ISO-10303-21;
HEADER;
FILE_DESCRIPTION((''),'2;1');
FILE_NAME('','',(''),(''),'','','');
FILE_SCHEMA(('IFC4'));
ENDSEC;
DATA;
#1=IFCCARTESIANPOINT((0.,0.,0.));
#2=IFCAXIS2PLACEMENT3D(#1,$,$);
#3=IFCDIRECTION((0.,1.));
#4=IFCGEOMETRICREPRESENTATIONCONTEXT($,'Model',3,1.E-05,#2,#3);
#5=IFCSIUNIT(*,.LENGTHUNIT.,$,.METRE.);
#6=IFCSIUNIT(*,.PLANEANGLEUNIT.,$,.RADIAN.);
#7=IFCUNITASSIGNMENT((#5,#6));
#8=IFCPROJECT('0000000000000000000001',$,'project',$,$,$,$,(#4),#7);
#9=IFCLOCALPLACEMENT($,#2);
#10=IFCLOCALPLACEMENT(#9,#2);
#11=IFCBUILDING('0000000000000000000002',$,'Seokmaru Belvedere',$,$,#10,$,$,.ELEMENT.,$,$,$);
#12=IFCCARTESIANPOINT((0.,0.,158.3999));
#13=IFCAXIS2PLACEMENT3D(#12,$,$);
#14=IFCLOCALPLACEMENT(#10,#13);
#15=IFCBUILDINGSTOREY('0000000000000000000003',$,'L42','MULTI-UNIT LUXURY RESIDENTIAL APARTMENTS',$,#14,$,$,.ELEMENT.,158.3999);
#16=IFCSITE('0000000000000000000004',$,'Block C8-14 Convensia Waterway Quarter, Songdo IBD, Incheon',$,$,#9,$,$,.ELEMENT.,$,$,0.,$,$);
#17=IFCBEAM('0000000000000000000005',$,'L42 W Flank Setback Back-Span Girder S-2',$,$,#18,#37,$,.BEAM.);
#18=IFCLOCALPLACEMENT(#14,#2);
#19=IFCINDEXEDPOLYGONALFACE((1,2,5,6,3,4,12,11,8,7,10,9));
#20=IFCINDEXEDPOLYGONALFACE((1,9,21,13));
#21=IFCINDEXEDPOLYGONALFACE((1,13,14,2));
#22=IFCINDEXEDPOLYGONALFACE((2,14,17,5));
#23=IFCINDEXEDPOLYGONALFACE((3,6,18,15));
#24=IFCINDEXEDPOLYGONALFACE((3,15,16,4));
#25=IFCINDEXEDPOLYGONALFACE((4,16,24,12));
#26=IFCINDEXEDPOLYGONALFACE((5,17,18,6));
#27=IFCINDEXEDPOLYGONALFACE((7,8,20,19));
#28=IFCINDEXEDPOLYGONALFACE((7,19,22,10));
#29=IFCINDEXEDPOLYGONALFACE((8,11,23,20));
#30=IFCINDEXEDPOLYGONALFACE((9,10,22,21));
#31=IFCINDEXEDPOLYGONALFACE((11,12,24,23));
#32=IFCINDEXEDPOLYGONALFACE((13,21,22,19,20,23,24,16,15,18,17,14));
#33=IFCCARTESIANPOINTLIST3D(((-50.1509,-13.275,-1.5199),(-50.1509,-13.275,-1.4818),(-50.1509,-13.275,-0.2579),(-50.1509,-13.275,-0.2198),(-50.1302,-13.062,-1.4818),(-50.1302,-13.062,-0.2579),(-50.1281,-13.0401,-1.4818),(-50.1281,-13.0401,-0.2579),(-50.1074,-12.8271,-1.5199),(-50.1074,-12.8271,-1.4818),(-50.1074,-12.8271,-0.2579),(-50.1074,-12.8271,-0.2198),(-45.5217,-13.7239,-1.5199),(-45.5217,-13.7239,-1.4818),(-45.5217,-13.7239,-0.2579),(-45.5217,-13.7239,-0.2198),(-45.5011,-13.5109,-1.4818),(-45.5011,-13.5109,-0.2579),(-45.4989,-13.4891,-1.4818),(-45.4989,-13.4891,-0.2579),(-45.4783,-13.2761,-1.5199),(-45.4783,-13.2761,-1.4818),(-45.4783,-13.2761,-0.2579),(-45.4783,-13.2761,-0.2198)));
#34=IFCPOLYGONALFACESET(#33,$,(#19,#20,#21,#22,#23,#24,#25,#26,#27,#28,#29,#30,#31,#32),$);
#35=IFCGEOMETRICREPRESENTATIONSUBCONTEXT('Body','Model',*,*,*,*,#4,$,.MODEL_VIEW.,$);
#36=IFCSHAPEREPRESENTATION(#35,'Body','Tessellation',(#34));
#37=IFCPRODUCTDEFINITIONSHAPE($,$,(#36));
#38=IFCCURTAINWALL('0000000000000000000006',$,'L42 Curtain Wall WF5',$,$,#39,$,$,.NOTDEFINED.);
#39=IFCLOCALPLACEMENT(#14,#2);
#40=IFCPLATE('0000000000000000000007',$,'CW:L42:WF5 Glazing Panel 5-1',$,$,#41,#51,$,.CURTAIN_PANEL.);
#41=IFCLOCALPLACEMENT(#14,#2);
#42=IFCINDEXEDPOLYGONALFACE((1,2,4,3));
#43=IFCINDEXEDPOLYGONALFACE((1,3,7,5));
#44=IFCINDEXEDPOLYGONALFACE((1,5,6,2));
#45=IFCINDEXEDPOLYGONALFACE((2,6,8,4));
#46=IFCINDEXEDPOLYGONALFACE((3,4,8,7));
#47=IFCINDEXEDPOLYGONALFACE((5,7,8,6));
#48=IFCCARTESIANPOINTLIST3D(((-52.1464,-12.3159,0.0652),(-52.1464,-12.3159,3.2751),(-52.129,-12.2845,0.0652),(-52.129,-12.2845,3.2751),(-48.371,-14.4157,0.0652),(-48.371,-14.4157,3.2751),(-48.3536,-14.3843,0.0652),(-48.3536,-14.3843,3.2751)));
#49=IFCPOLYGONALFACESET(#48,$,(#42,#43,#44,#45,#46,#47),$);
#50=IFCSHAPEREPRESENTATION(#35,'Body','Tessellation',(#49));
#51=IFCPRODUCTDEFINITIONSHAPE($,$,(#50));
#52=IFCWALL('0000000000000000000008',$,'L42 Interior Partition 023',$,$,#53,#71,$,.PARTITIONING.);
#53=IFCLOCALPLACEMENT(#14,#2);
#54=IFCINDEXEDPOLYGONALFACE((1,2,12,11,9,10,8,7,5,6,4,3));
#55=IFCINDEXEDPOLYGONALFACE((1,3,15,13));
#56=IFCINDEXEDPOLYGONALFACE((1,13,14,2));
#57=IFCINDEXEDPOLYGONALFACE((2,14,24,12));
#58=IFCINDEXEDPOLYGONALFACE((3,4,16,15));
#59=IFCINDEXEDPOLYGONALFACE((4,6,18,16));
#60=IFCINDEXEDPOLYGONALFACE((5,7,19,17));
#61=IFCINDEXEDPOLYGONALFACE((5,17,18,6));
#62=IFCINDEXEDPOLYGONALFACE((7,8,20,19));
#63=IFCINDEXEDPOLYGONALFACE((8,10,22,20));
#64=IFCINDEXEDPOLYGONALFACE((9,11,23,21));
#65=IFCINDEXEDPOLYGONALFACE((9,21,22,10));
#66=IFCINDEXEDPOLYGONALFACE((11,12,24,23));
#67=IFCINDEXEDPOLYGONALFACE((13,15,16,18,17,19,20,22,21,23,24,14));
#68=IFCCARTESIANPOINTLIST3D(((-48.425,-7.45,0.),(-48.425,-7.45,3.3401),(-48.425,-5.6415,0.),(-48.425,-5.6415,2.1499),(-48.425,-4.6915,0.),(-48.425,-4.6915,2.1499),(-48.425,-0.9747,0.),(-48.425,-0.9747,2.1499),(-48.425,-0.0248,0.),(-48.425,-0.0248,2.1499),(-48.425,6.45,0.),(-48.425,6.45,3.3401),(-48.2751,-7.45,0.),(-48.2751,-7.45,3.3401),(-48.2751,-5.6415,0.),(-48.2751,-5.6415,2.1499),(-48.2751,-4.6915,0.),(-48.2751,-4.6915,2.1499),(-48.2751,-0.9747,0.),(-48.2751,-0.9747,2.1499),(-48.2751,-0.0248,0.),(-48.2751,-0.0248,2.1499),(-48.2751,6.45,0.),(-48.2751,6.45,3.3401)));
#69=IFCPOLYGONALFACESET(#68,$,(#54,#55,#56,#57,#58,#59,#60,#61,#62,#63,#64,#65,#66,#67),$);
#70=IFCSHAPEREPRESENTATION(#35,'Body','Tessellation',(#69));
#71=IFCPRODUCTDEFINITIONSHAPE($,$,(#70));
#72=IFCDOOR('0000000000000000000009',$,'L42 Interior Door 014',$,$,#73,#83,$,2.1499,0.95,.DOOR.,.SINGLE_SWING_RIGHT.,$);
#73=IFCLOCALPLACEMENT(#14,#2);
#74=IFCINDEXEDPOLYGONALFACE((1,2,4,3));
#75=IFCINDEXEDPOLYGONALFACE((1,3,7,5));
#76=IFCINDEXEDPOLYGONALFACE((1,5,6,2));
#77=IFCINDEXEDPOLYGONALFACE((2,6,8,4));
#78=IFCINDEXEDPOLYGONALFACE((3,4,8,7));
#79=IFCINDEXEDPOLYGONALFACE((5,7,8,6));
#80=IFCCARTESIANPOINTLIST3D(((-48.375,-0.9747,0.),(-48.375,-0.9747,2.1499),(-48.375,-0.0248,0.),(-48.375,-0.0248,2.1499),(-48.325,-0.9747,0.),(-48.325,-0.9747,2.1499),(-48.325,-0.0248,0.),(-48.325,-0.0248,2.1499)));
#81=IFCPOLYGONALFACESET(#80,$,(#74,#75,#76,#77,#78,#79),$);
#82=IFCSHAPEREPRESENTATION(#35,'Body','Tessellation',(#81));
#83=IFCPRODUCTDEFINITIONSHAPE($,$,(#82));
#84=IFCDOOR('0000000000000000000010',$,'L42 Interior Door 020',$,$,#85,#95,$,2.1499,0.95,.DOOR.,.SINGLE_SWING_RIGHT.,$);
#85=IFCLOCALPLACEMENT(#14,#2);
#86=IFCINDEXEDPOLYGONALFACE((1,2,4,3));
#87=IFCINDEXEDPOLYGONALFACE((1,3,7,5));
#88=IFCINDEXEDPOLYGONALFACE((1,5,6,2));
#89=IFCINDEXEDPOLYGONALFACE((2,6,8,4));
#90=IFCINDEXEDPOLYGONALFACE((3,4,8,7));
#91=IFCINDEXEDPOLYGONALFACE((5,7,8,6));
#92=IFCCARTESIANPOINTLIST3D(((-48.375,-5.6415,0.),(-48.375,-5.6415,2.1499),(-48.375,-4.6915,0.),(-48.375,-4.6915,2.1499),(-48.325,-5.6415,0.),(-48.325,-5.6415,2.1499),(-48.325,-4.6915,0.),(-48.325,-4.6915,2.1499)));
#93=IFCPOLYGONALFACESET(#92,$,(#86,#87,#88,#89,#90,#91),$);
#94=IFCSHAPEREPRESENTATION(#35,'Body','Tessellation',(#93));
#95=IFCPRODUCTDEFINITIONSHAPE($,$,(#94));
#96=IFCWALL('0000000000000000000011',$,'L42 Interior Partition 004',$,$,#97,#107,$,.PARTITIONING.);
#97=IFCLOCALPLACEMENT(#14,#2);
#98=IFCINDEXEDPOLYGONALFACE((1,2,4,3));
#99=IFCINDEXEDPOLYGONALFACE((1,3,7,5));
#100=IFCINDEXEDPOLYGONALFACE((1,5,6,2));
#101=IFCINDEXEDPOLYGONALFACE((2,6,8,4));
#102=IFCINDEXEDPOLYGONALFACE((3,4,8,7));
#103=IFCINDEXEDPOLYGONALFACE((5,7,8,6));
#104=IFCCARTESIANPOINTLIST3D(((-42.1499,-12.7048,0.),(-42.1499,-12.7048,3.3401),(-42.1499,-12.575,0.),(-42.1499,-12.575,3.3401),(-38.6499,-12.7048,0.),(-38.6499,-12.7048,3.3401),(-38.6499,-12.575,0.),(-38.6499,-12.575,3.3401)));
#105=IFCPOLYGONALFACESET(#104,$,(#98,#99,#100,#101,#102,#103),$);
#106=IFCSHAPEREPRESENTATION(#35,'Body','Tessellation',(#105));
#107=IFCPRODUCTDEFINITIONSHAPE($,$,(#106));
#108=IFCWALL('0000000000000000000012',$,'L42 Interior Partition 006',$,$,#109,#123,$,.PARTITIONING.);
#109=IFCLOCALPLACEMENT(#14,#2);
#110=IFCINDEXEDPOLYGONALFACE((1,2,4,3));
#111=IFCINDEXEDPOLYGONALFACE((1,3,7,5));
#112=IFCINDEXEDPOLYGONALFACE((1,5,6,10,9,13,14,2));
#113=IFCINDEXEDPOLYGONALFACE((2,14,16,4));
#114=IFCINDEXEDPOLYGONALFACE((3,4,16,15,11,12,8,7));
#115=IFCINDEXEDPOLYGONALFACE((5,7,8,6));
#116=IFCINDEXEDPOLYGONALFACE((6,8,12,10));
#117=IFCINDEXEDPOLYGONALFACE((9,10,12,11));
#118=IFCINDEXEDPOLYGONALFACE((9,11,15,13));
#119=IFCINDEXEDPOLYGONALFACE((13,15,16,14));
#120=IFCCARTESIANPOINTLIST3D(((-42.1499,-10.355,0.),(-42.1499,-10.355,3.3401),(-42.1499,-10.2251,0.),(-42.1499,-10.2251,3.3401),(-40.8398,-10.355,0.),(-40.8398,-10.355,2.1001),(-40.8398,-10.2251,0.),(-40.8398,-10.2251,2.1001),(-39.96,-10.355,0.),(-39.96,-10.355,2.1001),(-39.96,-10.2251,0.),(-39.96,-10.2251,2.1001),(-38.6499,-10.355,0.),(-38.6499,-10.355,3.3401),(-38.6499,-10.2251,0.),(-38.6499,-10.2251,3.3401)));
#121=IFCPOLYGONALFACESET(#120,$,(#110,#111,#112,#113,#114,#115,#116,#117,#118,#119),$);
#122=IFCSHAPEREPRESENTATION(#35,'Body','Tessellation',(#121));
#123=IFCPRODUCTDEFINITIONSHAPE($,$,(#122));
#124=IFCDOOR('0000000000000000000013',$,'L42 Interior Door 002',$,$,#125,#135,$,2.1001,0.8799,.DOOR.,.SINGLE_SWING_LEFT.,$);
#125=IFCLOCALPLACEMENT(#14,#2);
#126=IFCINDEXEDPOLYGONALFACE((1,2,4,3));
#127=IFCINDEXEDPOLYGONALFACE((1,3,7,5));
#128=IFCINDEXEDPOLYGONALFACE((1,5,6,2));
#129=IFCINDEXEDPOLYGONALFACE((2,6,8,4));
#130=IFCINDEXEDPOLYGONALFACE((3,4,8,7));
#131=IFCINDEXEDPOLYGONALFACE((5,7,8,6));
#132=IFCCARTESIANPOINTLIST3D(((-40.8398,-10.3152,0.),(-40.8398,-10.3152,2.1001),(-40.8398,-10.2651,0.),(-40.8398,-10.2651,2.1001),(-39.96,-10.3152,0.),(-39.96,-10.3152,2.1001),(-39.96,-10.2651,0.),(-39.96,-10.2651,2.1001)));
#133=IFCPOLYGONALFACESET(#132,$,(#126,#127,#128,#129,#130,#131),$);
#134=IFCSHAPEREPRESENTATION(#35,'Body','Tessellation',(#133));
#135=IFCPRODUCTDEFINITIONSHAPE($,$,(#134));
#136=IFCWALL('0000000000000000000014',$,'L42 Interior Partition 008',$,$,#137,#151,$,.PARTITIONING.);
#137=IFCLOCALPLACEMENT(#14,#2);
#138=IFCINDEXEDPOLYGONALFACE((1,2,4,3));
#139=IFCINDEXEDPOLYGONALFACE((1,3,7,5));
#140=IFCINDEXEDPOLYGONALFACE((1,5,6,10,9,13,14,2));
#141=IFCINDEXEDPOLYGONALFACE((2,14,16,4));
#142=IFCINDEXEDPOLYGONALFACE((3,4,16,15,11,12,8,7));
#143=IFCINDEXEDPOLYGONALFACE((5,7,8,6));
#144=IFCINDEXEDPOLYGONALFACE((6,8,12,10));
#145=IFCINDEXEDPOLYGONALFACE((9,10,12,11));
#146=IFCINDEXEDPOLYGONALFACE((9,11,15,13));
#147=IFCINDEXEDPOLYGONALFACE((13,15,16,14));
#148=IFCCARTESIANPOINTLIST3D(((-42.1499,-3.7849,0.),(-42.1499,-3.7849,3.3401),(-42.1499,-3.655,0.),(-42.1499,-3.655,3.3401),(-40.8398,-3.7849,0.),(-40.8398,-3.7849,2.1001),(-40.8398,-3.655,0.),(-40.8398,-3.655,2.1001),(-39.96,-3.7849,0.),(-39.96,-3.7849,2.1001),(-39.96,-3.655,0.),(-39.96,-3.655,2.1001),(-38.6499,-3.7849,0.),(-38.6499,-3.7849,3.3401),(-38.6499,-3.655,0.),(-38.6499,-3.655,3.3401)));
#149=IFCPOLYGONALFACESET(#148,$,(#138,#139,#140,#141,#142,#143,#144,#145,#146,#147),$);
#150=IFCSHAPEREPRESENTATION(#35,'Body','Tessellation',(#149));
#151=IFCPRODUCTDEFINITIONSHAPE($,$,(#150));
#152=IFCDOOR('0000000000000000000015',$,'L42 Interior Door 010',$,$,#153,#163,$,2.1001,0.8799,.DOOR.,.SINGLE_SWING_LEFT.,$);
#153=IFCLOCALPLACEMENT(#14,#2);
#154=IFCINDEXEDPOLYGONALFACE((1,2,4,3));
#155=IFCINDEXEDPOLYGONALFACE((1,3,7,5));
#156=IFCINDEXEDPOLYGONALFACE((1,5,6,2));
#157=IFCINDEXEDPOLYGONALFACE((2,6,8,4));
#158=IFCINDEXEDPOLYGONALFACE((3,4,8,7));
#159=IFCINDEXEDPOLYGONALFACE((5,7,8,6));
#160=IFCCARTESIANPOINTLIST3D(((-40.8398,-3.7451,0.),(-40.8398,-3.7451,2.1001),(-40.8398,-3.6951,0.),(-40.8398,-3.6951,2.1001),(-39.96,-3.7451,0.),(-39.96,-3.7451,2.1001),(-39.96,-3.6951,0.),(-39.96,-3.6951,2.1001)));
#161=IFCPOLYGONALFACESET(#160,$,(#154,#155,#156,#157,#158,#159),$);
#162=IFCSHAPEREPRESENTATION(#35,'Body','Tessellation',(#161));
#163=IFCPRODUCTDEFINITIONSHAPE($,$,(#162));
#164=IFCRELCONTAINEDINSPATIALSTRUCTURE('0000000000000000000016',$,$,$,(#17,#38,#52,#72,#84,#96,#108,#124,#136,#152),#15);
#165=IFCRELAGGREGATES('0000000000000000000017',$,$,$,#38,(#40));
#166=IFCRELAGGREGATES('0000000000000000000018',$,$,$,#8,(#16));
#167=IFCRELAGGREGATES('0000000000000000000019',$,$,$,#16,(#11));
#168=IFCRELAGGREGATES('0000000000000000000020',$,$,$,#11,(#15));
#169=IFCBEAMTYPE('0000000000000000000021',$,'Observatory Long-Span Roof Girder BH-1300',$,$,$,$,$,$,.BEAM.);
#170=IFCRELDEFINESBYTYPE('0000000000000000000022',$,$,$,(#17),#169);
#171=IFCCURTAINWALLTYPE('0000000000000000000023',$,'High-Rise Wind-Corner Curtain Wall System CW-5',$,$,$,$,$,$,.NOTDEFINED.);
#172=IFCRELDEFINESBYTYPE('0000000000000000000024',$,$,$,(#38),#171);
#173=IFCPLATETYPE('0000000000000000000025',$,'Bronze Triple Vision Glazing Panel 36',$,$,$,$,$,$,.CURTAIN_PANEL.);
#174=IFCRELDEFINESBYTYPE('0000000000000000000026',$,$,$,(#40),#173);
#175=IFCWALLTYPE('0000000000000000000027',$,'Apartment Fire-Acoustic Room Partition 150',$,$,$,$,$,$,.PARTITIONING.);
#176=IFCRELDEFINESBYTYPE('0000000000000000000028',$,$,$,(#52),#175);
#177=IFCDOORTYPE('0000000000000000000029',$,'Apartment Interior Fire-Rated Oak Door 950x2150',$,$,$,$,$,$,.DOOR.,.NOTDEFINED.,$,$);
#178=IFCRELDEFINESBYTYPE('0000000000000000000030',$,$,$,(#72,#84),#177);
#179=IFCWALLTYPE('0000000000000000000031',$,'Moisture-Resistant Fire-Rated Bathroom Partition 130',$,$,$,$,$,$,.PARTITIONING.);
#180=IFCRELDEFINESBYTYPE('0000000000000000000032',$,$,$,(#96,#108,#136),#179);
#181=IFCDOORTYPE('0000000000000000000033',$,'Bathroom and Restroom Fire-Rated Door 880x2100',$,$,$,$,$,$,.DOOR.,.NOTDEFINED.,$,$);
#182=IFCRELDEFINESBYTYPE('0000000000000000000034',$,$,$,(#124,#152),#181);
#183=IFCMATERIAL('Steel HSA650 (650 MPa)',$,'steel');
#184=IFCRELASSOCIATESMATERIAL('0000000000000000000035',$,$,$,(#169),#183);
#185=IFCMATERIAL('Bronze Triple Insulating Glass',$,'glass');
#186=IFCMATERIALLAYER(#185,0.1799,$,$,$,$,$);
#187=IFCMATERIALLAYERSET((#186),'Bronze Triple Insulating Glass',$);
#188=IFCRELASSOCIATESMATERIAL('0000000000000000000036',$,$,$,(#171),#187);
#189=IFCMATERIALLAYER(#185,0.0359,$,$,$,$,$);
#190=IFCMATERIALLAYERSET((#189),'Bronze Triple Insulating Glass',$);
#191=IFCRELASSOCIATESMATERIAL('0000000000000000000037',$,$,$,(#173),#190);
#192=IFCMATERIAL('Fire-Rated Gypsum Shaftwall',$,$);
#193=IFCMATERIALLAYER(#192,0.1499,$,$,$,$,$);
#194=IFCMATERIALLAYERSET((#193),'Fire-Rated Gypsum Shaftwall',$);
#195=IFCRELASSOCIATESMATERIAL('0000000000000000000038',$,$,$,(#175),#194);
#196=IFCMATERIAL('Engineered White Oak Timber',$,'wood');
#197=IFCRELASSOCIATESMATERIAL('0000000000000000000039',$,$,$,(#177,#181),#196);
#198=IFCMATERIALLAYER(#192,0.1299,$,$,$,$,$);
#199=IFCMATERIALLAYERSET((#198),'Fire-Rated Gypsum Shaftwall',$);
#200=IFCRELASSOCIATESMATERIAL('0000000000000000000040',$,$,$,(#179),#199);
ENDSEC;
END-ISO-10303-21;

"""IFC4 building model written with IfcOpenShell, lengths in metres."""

from ifc_helpers import new_model, si_unit, direction, frame, frame_2d, origin, origin_2d, place, context, subcontext, project, spatial, rectangle, i_section, extrude, source, transform, mapped, material, layer, layer_set, material_profile, profile_set, type_object, type_shapes, element, fill, aggregate, save


model = new_model("IFC4")

# Units and contexts
model_context = context("Model", 3, precision=1e-05, world=origin(), true_north=direction((0.0, 1.0)))
body_context = subcontext(model_context, "Body", "Model", "MODEL_VIEW")
ifc_project = project(units=[si_unit("LENGTHUNIT", "METRE"), si_unit("PLANEANGLEUNIT", "RADIAN")], contexts=[model_context])

# Site, building, storey
site_placement = place(None, origin())
site = spatial("IfcSite", under=ifc_project, at=site_placement, Name="Block C8-14 Convensia Waterway Quarter, Songdo IBD, Incheon", CompositionType="ELEMENT", RefElevation=0.0)
building_placement = place(site_placement, origin())
building = spatial("IfcBuilding", under=site, at=building_placement, Name="Seokmaru Belvedere", CompositionType="ELEMENT")
storey_placement = place(building_placement, frame((0.0, 0.0, 158.3999)))
storey = spatial("IfcBuildingStorey", under=building, at=storey_placement, Name="L42", Description="MULTI-UNIT LUXURY RESIDENTIAL APARTMENTS", CompositionType="ELEMENT", Elevation=158.3999)

# Beam
ifc_material_1 = material(Name="Steel HSA650 (650 MPa)", Category="steel")
ifc_material_profile_1 = material_profile(ifc_material_1, i_section(OverallWidth=0.45, OverallDepth=1.3, WebThickness=0.022, FlangeThickness=0.0381, at=origin_2d()), Name="BH-1300x450x22x38")
ifc_profile_set_1 = profile_set([ifc_material_profile_1], Name="Steel HSA650 (650 MPa)")
beam_type_1 = type_object("IfcBeamType", Name="Observatory Long-Span Roof Girder BH-1300", PredefinedType="BEAM", material=ifc_profile_set_1)
shared_shape_1 = source(origin(), body_context, "Body", "SweptSolid", [
    extrude(i_section(OverallWidth=0.45, OverallDepth=1.3, WebThickness=0.022, FlangeThickness=0.0381, at=origin_2d()), origin(), (0.0, 0.0, 1.0), 4.6509),
])
type_shapes(beam_type_1, [shared_shape_1])
beam_placement = place(storey_placement, frame((-50.1292, -13.051, -0.8699), z_axis=(0.99533, -0.096536, 0.0), x_axis=(0.096536, 0.99533, 0.0)))
element("IfcBeam", 1, at=beam_placement, inside=storey, type_object=beam_type_1, Name="L42 W Flank Setback Back-Span Girder S-2", PredefinedType="BEAM", context=body_context, shape_type="MappedRepresentation", body=[
    mapped(shared_shape_1, transform((0.0, 0.0, 0.0), scale=1.0)),
])

# Curtain wall, plate
ifc_material_2 = material(Name="Bronze Triple Insulating Glass", Category="glass")
ifc_layer_1 = layer(ifc_material_2, 0.1799)
ifc_layer_set_1 = layer_set([ifc_layer_1], Name="Bronze Triple Insulating Glass")
curtain_wall_type = type_object("IfcCurtainWallType", Name="High-Rise Wind-Corner Curtain Wall System CW-5", PredefinedType="NOTDEFINED", material=ifc_layer_set_1)
curtain_wall_placement = place(storey_placement, origin())
curtain_wall = element("IfcCurtainWall", 2, at=curtain_wall_placement, inside=storey, type_object=curtain_wall_type, Name="L42 Curtain Wall WF5", PredefinedType="NOTDEFINED")
ifc_layer_2 = layer(ifc_material_2, 0.0359)
ifc_layer_set_2 = layer_set([ifc_layer_2], Name="Bronze Triple Insulating Glass")
plate_type = type_object("IfcPlateType", Name="Bronze Triple Vision Glazing Panel 36", PredefinedType="CURTAIN_PANEL", material=ifc_layer_set_2)
shared_shape_2 = source(origin(), body_context, "Body", "SweptSolid", [
    extrude(rectangle(XDim=4.3201, YDim=0.0359, at=origin_2d()), origin(), (0.0, 0.0, 1.0), 3.21),
])
type_shapes(plate_type, [shared_shape_2])
plate_placement = place(storey_placement, frame((-50.25, -13.3501, 0.0652), z_axis=(0.0, 0.0, 1.0), x_axis=(0.873933, -0.486047, 0.0)))
plate = element("IfcPlate", 3, at=plate_placement, type_object=plate_type, Name="CW:L42:WF5 Glazing Panel 5-1", PredefinedType="CURTAIN_PANEL", context=body_context, shape_type="MappedRepresentation", body=[
    mapped(shared_shape_2, transform((0.0, 0.0, 0.0), scale=1.0)),
])
aggregate(curtain_wall, [plate])

# Wall, openings, doors
ifc_material_3 = material(Name="Fire-Rated Gypsum Shaftwall")
ifc_layer_3 = layer(ifc_material_3, 0.1499)
ifc_layer_set_3 = layer_set([ifc_layer_3], Name="Fire-Rated Gypsum Shaftwall")
wall_type_1 = type_object("IfcWallType", Name="Apartment Fire-Acoustic Room Partition 150", PredefinedType="PARTITIONING", material=ifc_layer_set_3)
wall_1_placement = place(storey_placement, frame((-48.3501, -7.45, 0.0), z_axis=(0.0, 0.0, 1.0), x_axis=(0.0, 1.0, 0.0)))
wall_1 = element("IfcWall", 4, at=wall_1_placement, inside=storey, type_object=wall_type_1, Name="L42 Interior Partition 023", PredefinedType="PARTITIONING", context=body_context, shape_type="SweptSolid", body=[
    extrude(rectangle(XDim=13.8999, YDim=0.1499, at=frame_2d((6.95, 0.0))), origin(), (0.0, 0.0, 1.0), 3.3401),
])
opening_1_placement = place(wall_1_placement, frame((6.4751, 0.0, 0.0)))
opening_1 = element("IfcOpeningElement", 5, at=opening_1_placement, cuts=wall_1, PredefinedType="OPENING", context=body_context, shape_type="SweptSolid", body=[
    extrude(rectangle(XDim=0.95, YDim=2.1499, at=frame_2d((0.4751, 1.075))), frame((0.0, 0.085, 0.0), z_axis=(0.0, -1.0, 0.0), x_axis=(1.0, 0.0, 0.0)), (0.0, 0.0, 1.0), 0.1699),
])
opening_2_placement = place(wall_1_placement, frame((1.8083, 0.0, 0.0)))
opening_2 = element("IfcOpeningElement", 6, at=opening_2_placement, cuts=wall_1, PredefinedType="OPENING", context=body_context, shape_type="SweptSolid", body=[
    extrude(rectangle(XDim=0.95, YDim=2.1499, at=frame_2d((0.4751, 1.075))), frame((0.0, 0.085, 0.0), z_axis=(0.0, -1.0, 0.0), x_axis=(1.0, 0.0, 0.0)), (0.0, 0.0, 1.0), 0.1699),
])
ifc_material_4 = material(Name="Engineered White Oak Timber", Category="wood")
door_type_1 = type_object("IfcDoorType", Name="Apartment Interior Fire-Rated Oak Door 950x2150", OperationType="NOTDEFINED", PredefinedType="DOOR", material=ifc_material_4)
shared_shape_3 = source(origin(), body_context, "Body", "SweptSolid", [
    extrude(rectangle(XDim=0.95, YDim=2.1499, at=frame_2d((0.4751, 1.075))), frame((0.0, 0.0249, 0.0), z_axis=(0.0, -1.0, 0.0), x_axis=(1.0, 0.0, 0.0)), (0.0, 0.0, 1.0), 0.05),
])
type_shapes(door_type_1, [shared_shape_3])
door_1_placement = place(opening_1_placement, origin())
door_1 = element("IfcDoor", 7, at=door_1_placement, inside=storey, type_object=door_type_1, Name="L42 Interior Door 014", OperationType="SINGLE_SWING_RIGHT", OverallHeight=2.1499, OverallWidth=0.95, PredefinedType="DOOR", context=body_context, shape_type="MappedRepresentation", body=[
    mapped(shared_shape_3, transform((0.0, 0.0, 0.0), scale=1.0)),
])
fill(opening_1, door_1)
door_2_placement = place(opening_2_placement, origin())
door_2 = element("IfcDoor", 8, at=door_2_placement, inside=storey, type_object=door_type_1, Name="L42 Interior Door 020", OperationType="SINGLE_SWING_RIGHT", OverallHeight=2.1499, OverallWidth=0.95, PredefinedType="DOOR", context=body_context, shape_type="MappedRepresentation", body=[
    mapped(shared_shape_3, transform((0.0, 0.0, 0.0), scale=1.0)),
])
fill(opening_2, door_2)

# Wall
ifc_layer_4 = layer(ifc_material_3, 0.1299)
ifc_layer_set_4 = layer_set([ifc_layer_4], Name="Fire-Rated Gypsum Shaftwall")
wall_type_2 = type_object("IfcWallType", Name="Moisture-Resistant Fire-Rated Bathroom Partition 130", PredefinedType="PARTITIONING", material=ifc_layer_set_4)
wall_2_placement = place(storey_placement, frame((-42.1499, -12.6399, 0.0), z_axis=(0.0, 0.0, 1.0), x_axis=(1.0, 0.0, 0.0)))
element("IfcWall", 9, at=wall_2_placement, inside=storey, type_object=wall_type_2, Name="L42 Interior Partition 004", PredefinedType="PARTITIONING", context=body_context, shape_type="SweptSolid", body=[
    extrude(rectangle(XDim=3.5, YDim=0.1299, at=frame_2d((1.75, 0.0))), origin(), (0.0, 0.0, 1.0), 3.3401),
])

# Walls, openings, doors
wall_3_placement = place(storey_placement, frame((-42.1499, -10.29, 0.0), z_axis=(0.0, 0.0, 1.0), x_axis=(1.0, 0.0, 0.0)))
wall_3 = element("IfcWall", 10, at=wall_3_placement, inside=storey, type_object=wall_type_2, Name="L42 Interior Partition 006", PredefinedType="PARTITIONING", context=body_context, shape_type="SweptSolid", body=[
    extrude(rectangle(XDim=3.5, YDim=0.1299, at=frame_2d((1.75, 0.0))), origin(), (0.0, 0.0, 1.0), 3.3401),
])
opening_3_placement = place(wall_3_placement, frame((1.3101, 0.0, 0.0)))
opening_3 = element("IfcOpeningElement", 11, at=opening_3_placement, cuts=wall_3, PredefinedType="OPENING", context=body_context, shape_type="SweptSolid", body=[
    extrude(rectangle(XDim=0.8799, YDim=2.1001, at=frame_2d((0.4399, 1.05))), frame((0.0, 0.075, 0.0), z_axis=(0.0, -1.0, 0.0), x_axis=(1.0, 0.0, 0.0)), (0.0, 0.0, 1.0), 0.1499),
])
door_type_2 = type_object("IfcDoorType", Name="Bathroom and Restroom Fire-Rated Door 880x2100", OperationType="NOTDEFINED", PredefinedType="DOOR", material=ifc_material_4)
shared_shape_4 = source(origin(), body_context, "Body", "SweptSolid", [
    extrude(rectangle(XDim=0.8799, YDim=2.1001, at=frame_2d((0.4399, 1.05))), frame((0.0, 0.0249, 0.0), z_axis=(0.0, -1.0, 0.0), x_axis=(1.0, 0.0, 0.0)), (0.0, 0.0, 1.0), 0.05),
])
type_shapes(door_type_2, [shared_shape_4])
door_3_placement = place(opening_3_placement, origin())
door_3 = element("IfcDoor", 12, at=door_3_placement, inside=storey, type_object=door_type_2, Name="L42 Interior Door 002", OperationType="SINGLE_SWING_LEFT", OverallHeight=2.1001, OverallWidth=0.8799, PredefinedType="DOOR", context=body_context, shape_type="MappedRepresentation", body=[
    mapped(shared_shape_4, transform((0.0, 0.0, 0.0), scale=1.0)),
])
fill(opening_3, door_3)
wall_4_placement = place(storey_placement, frame((-42.1499, -3.72, 0.0), z_axis=(0.0, 0.0, 1.0), x_axis=(1.0, 0.0, 0.0)))
wall_4 = element("IfcWall", 13, at=wall_4_placement, inside=storey, type_object=wall_type_2, Name="L42 Interior Partition 008", PredefinedType="PARTITIONING", context=body_context, shape_type="SweptSolid", body=[
    extrude(rectangle(XDim=3.5, YDim=0.1299, at=frame_2d((1.75, 0.0))), origin(), (0.0, 0.0, 1.0), 3.3401),
])
opening_4_placement = place(wall_4_placement, frame((1.3101, 0.0, 0.0)))
opening_4 = element("IfcOpeningElement", 14, at=opening_4_placement, cuts=wall_4, PredefinedType="OPENING", context=body_context, shape_type="SweptSolid", body=[
    extrude(rectangle(XDim=0.8799, YDim=2.1001, at=frame_2d((0.4399, 1.05))), frame((0.0, 0.075, 0.0), z_axis=(0.0, -1.0, 0.0), x_axis=(1.0, 0.0, 0.0)), (0.0, 0.0, 1.0), 0.1499),
])
door_4_placement = place(opening_4_placement, origin())
door_4 = element("IfcDoor", 15, at=door_4_placement, inside=storey, type_object=door_type_2, Name="L42 Interior Door 010", OperationType="SINGLE_SWING_LEFT", OverallHeight=2.1001, OverallWidth=0.8799, PredefinedType="DOOR", context=body_context, shape_type="MappedRepresentation", body=[
    mapped(shared_shape_4, transform((0.0, 0.0, 0.0), scale=1.0)),
])
fill(opening_4, door_4)

save(model, "model.ifc")
